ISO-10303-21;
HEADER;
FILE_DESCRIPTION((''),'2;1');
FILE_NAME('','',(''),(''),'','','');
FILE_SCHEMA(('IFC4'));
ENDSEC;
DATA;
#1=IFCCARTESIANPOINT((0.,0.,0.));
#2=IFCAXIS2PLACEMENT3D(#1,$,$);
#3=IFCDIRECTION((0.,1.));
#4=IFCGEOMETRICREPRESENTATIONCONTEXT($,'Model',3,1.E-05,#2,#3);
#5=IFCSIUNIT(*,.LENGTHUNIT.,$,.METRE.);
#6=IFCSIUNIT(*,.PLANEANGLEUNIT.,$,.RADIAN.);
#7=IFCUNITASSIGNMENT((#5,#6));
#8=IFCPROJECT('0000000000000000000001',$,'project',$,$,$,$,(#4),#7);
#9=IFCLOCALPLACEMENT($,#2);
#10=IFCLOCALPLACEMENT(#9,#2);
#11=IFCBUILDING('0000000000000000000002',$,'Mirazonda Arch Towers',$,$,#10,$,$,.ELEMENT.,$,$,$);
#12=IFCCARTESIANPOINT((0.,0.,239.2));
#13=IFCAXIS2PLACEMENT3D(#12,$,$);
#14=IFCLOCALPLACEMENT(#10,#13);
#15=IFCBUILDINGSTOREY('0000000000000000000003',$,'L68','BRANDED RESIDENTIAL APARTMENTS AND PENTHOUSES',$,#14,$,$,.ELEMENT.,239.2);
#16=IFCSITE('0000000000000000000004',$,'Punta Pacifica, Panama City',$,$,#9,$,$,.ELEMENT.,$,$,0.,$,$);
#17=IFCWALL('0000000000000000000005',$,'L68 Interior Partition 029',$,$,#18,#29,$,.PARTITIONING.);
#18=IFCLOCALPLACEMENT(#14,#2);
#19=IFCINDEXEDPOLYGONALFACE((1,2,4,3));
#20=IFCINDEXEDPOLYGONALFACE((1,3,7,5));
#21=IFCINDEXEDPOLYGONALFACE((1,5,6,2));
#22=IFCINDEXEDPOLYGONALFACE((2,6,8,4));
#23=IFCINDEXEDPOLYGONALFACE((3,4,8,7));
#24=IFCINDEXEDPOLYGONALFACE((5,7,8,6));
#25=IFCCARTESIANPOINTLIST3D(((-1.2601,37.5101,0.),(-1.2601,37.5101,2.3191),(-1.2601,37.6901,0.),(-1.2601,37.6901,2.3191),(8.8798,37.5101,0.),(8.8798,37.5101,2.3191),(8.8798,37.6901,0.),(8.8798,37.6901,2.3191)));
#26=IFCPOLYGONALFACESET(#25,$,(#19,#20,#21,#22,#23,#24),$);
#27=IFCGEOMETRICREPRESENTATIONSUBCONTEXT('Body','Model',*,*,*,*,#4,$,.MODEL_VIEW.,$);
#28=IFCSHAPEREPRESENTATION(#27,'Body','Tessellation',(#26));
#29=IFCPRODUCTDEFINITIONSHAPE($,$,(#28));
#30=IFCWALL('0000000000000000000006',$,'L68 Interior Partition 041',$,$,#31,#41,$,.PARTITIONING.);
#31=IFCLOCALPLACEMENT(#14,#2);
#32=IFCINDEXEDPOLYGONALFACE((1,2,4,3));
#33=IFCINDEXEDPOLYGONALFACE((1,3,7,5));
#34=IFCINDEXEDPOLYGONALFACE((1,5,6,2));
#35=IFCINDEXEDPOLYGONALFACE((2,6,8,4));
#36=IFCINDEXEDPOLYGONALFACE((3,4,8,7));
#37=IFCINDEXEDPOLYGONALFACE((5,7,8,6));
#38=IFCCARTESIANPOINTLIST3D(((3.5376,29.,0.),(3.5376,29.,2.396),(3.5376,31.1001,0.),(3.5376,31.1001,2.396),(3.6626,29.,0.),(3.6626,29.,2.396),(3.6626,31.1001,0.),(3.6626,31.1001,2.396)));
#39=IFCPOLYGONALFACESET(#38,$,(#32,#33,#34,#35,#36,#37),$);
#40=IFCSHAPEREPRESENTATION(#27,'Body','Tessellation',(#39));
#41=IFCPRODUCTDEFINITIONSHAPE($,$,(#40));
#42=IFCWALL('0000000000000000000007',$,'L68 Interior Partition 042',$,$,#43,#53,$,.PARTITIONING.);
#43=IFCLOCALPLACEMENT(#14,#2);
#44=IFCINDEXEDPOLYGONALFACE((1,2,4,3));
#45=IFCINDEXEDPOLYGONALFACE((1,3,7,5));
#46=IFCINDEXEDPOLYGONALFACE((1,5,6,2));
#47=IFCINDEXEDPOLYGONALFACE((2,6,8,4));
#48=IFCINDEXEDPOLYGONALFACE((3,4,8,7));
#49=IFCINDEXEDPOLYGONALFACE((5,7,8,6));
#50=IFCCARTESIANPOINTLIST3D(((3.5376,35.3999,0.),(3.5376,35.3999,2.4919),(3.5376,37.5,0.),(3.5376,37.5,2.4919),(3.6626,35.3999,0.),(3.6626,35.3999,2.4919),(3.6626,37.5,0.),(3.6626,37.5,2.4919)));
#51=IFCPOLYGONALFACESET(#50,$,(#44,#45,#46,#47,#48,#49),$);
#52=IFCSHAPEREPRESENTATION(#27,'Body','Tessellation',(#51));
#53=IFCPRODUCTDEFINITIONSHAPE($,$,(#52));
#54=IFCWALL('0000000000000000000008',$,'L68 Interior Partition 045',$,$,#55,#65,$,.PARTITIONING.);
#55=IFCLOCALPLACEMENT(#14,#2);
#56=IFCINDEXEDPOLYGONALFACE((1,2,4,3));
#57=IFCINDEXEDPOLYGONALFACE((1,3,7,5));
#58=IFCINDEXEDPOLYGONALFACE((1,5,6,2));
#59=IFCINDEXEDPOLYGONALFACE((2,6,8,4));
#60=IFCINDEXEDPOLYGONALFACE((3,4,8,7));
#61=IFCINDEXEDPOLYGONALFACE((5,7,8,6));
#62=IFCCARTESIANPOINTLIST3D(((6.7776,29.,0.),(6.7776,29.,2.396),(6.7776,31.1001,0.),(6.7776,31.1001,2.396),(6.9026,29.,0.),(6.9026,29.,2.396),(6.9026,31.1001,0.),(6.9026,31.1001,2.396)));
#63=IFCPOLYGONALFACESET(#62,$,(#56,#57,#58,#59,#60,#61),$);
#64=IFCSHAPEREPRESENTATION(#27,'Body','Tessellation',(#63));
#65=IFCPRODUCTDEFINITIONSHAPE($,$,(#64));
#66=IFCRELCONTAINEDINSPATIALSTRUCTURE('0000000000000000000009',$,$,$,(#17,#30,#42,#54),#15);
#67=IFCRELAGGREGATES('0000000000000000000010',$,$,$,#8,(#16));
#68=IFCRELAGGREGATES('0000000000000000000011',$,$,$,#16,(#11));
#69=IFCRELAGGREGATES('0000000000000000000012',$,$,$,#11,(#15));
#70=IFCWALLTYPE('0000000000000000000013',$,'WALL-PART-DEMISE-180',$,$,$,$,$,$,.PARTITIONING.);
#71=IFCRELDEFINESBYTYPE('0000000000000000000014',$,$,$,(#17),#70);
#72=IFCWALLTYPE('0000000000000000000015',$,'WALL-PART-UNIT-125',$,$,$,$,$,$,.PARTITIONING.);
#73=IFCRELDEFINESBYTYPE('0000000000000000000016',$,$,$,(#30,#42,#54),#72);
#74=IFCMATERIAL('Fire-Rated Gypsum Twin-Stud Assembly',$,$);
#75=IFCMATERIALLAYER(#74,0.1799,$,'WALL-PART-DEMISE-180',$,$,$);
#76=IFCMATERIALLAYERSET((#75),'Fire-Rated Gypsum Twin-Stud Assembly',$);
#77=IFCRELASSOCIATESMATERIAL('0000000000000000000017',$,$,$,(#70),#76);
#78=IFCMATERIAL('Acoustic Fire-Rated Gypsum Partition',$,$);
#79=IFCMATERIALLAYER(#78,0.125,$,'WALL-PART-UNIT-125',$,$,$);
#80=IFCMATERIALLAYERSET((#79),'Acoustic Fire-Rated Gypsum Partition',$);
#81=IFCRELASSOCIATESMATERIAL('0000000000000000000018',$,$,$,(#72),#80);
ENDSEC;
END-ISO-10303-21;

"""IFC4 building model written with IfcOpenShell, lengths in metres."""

from ifc_helpers import new_model, si_unit, direction, frame, frame_2d, origin, place, context, subcontext, project, spatial, rectangle, extrude, material, layer, layer_set, type_object, element, save


model = new_model("IFC4")

# Units and contexts
model_context = context("Model", 3, precision=1e-05, world=origin(), true_north=direction((0.0, 1.0)))
body_context = subcontext(model_context, "Body", "Model", "MODEL_VIEW")
ifc_project = project(units=[si_unit("LENGTHUNIT", "METRE"), si_unit("PLANEANGLEUNIT", "RADIAN")], contexts=[model_context])

# Site, building, storey
site_placement = place(None, origin())
site = spatial("IfcSite", under=ifc_project, at=site_placement, Name="Punta Pacifica, Panama City", CompositionType="ELEMENT", RefElevation=0.0)
building_placement = place(site_placement, origin())
building = spatial("IfcBuilding", under=site, at=building_placement, Name="Mirazonda Arch Towers", CompositionType="ELEMENT")
storey_placement = place(building_placement, frame((0.0, 0.0, 239.2)))
storey = spatial("IfcBuildingStorey", under=building, at=storey_placement, Name="L68", Description="BRANDED RESIDENTIAL APARTMENTS AND PENTHOUSES", CompositionType="ELEMENT", Elevation=239.2)

# Shared definitions
ifc_material_1 = material(Name="Fire-Rated Gypsum Twin-Stud Assembly")
ifc_layer_1 = layer(ifc_material_1, 0.1799, Name="WALL-PART-DEMISE-180")
ifc_layer_set_1 = layer_set([ifc_layer_1], Name="Fire-Rated Gypsum Twin-Stud Assembly")
wall_type_1 = type_object("IfcWallType", Name="WALL-PART-DEMISE-180", PredefinedType="PARTITIONING", material=ifc_layer_set_1)

# Walls
wall_1_placement = place(storey_placement, frame((-1.26, 37.6001, 0.0), z_axis=(0.0, 0.0, 1.0), x_axis=(1.0, 0.0, 0.0)))
element("IfcWall", 1, at=wall_1_placement, inside=storey, type_object=wall_type_1, Name="L68 Interior Partition 029", PredefinedType="PARTITIONING", context=body_context, shape_type="SweptSolid", body=[
    extrude(rectangle(XDim=10.1399, YDim=0.1799, at=frame_2d((5.0698, 0.0))), origin(), (0.0, 0.0, 1.0), 2.3191),
])
ifc_material_2 = material(Name="Acoustic Fire-Rated Gypsum Partition")
ifc_layer_2 = layer(ifc_material_2, 0.125, Name="WALL-PART-UNIT-125")
ifc_layer_set_2 = layer_set([ifc_layer_2], Name="Acoustic Fire-Rated Gypsum Partition")
wall_type_2 = type_object("IfcWallType", Name="WALL-PART-UNIT-125", PredefinedType="PARTITIONING", material=ifc_layer_set_2)
wall_2_placement = place(storey_placement, frame((3.6001, 29.0, 0.0), z_axis=(0.0, 0.0, 1.0), x_axis=(0.0, 1.0, 0.0)))
element("IfcWall", 2, at=wall_2_placement, inside=storey, type_object=wall_type_2, Name="L68 Interior Partition 041", PredefinedType="PARTITIONING", context=body_context, shape_type="SweptSolid", body=[
    extrude(rectangle(XDim=2.1001, YDim=0.125, at=frame_2d((1.05, 0.0))), origin(), (0.0, 0.0, 1.0), 2.396),
])
wall_3_placement = place(storey_placement, frame((3.6001, 35.3999, 0.0), z_axis=(0.0, 0.0, 1.0), x_axis=(0.0, 1.0, 0.0)))
element("IfcWall", 3, at=wall_3_placement, inside=storey, type_object=wall_type_2, Name="L68 Interior Partition 042", PredefinedType="PARTITIONING", context=body_context, shape_type="SweptSolid", body=[
    extrude(rectangle(XDim=2.1001, YDim=0.125, at=frame_2d((1.05, 0.0))), origin(), (0.0, 0.0, 1.0), 2.4919),
])
wall_4_placement = place(storey_placement, frame((6.8401, 29.0, 0.0), z_axis=(0.0, 0.0, 1.0), x_axis=(0.0, 1.0, 0.0)))
element("IfcWall", 4, at=wall_4_placement, inside=storey, type_object=wall_type_2, Name="L68 Interior Partition 045", PredefinedType="PARTITIONING", context=body_context, shape_type="SweptSolid", body=[
    extrude(rectangle(XDim=2.1001, YDim=0.125, at=frame_2d((1.05, 0.0))), origin(), (0.0, 0.0, 1.0), 2.396),
])

save(model, "model.ifc")
